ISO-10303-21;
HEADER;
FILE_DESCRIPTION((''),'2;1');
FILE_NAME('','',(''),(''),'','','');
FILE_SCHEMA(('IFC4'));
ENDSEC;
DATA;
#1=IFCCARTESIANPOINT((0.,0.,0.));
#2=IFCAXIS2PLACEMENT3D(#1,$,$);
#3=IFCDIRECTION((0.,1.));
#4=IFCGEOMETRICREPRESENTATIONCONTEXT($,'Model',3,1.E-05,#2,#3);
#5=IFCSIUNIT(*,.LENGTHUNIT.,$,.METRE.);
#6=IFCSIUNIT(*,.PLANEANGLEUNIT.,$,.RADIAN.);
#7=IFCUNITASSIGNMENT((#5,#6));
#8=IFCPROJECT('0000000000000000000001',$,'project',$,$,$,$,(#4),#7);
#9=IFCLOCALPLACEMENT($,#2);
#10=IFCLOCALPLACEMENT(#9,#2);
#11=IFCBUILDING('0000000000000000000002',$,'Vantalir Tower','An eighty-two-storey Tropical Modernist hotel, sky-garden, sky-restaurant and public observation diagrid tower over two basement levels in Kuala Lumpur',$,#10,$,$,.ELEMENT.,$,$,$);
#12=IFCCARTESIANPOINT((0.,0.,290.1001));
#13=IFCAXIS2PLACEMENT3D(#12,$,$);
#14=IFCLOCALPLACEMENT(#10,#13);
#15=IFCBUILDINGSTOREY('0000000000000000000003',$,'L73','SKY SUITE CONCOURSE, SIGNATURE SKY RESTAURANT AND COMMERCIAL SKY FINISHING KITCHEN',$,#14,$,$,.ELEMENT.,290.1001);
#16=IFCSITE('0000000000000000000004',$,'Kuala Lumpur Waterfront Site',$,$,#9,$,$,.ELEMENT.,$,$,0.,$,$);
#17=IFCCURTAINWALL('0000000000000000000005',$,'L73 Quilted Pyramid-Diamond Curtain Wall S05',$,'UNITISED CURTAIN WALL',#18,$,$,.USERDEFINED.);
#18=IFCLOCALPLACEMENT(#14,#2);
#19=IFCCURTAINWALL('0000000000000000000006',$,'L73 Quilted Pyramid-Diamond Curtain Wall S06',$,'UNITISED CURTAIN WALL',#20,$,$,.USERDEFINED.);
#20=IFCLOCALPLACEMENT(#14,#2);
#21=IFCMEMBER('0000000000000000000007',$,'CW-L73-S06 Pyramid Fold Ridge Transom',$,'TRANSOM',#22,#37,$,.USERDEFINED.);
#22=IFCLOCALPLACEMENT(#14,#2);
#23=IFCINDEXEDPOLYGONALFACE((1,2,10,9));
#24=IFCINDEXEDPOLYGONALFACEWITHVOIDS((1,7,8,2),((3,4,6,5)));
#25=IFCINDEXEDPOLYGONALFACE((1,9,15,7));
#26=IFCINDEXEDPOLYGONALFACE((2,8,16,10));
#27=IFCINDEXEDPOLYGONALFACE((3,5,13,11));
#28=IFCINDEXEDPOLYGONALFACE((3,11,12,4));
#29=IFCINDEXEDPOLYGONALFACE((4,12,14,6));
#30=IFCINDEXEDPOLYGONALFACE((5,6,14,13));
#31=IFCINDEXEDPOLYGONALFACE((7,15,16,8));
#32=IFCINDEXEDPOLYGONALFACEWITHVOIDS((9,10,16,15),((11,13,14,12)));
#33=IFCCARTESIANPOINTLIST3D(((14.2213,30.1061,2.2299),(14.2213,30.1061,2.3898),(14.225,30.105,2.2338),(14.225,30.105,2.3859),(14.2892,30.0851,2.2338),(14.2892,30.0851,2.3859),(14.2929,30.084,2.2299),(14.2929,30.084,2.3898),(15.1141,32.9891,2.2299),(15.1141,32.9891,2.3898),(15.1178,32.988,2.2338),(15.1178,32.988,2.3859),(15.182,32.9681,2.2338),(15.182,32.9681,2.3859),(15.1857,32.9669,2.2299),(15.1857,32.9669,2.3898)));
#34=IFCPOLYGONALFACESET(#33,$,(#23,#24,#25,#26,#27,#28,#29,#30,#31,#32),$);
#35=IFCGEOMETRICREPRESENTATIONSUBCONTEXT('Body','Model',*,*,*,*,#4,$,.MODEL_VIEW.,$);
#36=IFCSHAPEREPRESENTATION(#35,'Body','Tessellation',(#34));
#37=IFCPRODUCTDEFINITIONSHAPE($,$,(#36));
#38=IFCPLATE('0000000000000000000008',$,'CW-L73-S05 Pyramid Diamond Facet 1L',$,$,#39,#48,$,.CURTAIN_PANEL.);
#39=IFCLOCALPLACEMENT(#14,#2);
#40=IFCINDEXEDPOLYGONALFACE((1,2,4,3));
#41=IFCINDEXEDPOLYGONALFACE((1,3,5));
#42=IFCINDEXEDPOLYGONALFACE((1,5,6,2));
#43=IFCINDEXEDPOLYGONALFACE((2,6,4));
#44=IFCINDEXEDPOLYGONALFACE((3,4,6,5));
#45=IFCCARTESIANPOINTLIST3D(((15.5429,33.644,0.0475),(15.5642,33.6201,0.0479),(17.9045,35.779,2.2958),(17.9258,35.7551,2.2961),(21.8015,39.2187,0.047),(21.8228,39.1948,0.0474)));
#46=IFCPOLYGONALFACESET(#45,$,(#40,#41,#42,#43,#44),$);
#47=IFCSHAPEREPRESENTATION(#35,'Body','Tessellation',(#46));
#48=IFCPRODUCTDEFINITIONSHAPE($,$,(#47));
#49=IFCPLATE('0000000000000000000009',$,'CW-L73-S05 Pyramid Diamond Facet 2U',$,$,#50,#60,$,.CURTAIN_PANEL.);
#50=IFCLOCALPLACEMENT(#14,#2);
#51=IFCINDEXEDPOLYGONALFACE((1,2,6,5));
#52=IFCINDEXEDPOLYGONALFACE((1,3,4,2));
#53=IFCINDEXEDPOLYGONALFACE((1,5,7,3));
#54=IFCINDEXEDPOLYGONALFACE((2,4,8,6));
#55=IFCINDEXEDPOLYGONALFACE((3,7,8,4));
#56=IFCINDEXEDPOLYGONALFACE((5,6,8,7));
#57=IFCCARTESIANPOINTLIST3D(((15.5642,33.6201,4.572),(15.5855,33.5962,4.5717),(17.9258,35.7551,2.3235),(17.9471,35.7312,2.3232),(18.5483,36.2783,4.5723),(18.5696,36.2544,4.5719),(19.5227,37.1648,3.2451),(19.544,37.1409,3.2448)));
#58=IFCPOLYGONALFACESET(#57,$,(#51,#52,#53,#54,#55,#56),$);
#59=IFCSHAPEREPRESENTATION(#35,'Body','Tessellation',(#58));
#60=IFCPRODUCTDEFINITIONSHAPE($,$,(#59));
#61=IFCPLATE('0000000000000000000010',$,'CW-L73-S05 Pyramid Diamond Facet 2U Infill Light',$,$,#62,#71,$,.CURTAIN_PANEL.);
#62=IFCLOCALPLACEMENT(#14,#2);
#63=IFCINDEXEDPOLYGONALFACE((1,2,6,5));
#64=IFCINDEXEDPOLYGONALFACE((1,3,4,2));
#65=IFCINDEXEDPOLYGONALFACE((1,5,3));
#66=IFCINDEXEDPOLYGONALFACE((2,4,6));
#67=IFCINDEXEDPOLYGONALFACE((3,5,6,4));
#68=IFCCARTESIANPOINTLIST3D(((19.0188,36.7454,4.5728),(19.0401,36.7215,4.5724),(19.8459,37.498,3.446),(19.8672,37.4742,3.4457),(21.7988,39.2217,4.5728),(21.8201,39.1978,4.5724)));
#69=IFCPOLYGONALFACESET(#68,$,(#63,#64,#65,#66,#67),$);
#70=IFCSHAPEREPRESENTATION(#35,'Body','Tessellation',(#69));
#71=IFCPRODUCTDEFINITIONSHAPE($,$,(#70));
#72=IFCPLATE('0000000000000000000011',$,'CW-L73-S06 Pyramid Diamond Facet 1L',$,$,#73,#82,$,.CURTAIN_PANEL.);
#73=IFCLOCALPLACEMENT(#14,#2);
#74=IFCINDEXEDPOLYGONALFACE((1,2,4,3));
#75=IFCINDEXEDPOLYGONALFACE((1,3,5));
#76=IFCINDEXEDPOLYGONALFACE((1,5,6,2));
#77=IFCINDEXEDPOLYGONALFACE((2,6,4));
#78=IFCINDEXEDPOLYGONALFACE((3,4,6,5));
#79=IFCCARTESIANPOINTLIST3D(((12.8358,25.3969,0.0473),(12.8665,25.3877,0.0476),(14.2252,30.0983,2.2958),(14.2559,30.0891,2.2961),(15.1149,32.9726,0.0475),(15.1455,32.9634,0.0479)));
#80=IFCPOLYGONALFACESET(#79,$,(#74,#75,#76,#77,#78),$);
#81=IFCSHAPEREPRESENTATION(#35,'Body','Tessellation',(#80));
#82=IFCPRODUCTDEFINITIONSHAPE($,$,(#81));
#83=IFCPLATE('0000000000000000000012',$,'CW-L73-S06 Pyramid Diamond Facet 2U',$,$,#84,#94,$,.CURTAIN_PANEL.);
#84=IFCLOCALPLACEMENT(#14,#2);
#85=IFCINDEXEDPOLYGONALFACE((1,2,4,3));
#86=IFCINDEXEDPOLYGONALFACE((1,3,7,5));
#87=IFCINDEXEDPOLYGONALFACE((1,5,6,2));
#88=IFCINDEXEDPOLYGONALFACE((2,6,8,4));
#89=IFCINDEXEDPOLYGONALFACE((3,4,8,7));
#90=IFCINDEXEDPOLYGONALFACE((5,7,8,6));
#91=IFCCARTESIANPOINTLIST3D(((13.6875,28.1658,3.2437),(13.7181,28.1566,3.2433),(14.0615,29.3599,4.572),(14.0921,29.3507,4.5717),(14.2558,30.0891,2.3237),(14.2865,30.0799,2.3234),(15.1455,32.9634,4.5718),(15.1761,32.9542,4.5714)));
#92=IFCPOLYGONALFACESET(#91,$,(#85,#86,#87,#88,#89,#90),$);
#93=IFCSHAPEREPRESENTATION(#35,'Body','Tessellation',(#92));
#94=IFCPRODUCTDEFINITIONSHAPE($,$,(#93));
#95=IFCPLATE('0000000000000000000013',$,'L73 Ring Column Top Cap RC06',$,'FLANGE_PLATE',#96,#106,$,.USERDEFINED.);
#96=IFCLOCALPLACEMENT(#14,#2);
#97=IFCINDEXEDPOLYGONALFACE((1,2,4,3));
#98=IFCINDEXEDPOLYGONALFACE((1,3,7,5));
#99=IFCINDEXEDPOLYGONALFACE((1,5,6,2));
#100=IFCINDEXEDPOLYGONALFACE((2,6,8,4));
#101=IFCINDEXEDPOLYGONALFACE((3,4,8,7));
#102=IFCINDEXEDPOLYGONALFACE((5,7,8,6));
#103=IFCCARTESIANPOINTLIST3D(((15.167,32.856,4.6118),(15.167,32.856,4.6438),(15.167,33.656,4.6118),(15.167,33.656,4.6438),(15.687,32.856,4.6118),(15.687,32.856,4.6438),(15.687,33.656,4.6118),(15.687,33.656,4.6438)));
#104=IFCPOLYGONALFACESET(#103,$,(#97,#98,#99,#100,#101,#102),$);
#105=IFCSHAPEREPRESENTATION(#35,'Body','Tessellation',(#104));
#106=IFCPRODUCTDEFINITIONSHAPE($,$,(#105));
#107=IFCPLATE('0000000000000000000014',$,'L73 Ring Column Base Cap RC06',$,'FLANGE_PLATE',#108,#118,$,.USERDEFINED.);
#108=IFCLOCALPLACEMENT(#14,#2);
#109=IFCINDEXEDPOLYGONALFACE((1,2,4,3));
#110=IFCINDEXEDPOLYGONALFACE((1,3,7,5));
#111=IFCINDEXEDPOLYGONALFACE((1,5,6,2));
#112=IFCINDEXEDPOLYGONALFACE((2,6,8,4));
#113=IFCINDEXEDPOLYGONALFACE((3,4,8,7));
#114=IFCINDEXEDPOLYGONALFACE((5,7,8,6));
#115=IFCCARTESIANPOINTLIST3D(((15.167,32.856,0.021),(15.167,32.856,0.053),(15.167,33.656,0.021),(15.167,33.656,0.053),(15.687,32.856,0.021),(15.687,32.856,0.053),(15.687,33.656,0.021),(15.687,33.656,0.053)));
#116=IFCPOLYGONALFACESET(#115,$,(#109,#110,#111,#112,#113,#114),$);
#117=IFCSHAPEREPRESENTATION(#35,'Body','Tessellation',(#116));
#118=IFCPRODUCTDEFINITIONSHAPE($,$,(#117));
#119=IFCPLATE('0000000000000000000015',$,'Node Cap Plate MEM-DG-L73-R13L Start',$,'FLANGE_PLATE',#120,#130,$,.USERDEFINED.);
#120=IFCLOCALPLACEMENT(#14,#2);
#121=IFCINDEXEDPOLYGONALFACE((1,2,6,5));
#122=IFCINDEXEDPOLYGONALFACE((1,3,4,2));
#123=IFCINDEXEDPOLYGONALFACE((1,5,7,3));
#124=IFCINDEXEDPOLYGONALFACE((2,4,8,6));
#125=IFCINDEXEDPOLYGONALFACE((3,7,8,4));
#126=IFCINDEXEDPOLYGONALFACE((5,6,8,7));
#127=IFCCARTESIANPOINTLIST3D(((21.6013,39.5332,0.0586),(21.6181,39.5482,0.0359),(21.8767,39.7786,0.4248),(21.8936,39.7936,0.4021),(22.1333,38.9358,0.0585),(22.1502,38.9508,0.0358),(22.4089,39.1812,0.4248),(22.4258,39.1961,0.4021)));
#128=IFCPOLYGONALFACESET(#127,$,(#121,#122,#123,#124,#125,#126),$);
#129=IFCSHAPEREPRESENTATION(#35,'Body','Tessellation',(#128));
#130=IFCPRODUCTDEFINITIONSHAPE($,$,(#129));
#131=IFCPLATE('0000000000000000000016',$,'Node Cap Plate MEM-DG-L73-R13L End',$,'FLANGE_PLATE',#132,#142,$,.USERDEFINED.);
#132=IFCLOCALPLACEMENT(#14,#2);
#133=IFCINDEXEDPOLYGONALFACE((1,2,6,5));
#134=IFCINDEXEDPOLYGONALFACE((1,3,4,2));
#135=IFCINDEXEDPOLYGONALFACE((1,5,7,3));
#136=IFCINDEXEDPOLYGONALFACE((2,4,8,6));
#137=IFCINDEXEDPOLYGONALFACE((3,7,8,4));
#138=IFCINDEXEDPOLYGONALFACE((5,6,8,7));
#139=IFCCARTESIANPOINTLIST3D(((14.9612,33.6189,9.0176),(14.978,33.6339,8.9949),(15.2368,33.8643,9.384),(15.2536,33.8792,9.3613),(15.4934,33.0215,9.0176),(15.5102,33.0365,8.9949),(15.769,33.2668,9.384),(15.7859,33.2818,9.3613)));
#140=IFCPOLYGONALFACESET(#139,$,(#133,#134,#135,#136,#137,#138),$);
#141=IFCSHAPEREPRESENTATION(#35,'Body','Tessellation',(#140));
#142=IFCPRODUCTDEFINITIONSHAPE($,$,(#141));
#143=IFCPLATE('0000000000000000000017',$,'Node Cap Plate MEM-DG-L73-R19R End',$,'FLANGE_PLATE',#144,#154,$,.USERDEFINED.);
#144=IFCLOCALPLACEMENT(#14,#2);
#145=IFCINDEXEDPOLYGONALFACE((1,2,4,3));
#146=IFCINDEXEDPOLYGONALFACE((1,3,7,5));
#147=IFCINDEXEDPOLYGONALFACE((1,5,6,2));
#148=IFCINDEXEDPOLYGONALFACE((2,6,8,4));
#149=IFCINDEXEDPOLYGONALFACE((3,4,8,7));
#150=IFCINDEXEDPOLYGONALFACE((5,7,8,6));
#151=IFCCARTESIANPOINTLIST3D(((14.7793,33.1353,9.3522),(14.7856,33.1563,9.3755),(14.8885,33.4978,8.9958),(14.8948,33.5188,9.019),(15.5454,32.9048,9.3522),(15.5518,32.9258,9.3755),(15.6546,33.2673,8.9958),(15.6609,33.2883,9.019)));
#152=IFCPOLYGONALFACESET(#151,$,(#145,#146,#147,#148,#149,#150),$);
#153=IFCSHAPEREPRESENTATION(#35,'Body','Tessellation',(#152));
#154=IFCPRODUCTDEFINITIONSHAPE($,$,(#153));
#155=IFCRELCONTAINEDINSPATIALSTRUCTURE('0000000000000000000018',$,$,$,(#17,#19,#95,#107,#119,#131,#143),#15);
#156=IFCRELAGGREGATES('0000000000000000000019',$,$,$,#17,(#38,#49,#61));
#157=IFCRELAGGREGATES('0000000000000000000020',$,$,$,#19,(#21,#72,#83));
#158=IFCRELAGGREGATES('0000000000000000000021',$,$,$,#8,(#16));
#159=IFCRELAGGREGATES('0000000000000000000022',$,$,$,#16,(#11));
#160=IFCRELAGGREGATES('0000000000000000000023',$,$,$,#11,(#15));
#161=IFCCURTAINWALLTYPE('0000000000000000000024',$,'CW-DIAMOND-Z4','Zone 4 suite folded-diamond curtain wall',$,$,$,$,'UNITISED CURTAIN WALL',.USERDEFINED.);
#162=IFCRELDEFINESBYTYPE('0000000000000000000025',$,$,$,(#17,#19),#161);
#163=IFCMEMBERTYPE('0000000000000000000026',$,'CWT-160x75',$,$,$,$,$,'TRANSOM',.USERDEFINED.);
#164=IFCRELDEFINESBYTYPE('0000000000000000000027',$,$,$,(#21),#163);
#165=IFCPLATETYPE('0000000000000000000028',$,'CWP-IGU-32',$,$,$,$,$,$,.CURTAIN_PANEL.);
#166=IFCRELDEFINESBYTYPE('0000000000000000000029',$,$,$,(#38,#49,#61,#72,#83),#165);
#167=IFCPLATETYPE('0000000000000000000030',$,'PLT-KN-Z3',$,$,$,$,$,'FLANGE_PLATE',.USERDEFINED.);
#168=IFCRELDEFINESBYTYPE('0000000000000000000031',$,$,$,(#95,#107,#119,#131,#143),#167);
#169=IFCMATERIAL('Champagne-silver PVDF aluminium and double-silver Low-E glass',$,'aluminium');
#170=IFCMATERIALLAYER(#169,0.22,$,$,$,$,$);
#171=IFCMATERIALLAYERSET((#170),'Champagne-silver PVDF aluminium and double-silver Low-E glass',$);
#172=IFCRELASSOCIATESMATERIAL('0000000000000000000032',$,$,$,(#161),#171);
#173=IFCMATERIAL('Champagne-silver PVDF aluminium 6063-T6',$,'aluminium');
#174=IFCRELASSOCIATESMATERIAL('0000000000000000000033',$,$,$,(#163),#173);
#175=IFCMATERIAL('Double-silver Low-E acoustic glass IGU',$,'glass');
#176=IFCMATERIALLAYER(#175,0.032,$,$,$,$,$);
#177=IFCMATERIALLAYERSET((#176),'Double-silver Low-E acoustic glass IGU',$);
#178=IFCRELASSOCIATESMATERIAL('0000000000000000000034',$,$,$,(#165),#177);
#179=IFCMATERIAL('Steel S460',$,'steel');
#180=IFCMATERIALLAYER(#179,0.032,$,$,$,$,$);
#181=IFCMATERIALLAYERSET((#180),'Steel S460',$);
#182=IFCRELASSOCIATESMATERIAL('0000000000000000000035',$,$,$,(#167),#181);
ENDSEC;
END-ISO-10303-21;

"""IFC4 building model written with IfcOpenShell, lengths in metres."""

from ifc_helpers import new_model, si_unit, direction, frame, origin, origin_2d, place, context, subcontext, project, spatial, polyline, hollow_rectangle, outline, extrude, material, layer, layer_set, material_profile, profile_set, type_object, element, aggregate, save


model = new_model("IFC4")

# Units and contexts
model_context = context("Model", 3, precision=1e-05, world=origin(), true_north=direction((0.0, 1.0)))
body_context = subcontext(model_context, "Body", "Model", "MODEL_VIEW")
ifc_project = project(units=[si_unit("LENGTHUNIT", "METRE"), si_unit("PLANEANGLEUNIT", "RADIAN")], contexts=[model_context])

# Site, building, storey
site_placement = place(None, origin())
site = spatial("IfcSite", under=ifc_project, at=site_placement, Name="Kuala Lumpur Waterfront Site", CompositionType="ELEMENT", RefElevation=0.0)
building_placement = place(site_placement, origin())
building = spatial("IfcBuilding", under=site, at=building_placement, Name="Vantalir Tower", Description="An eighty-two-storey Tropical Modernist hotel, sky-garden, sky-restaurant and public observation diagrid tower over two basement levels in Kuala Lumpur", CompositionType="ELEMENT")
storey_placement = place(building_placement, frame((0.0, 0.0, 290.1001)))
storey = spatial("IfcBuildingStorey", under=building, at=storey_placement, Name="L73", Description="SKY SUITE CONCOURSE, SIGNATURE SKY RESTAURANT AND COMMERCIAL SKY FINISHING KITCHEN", CompositionType="ELEMENT", Elevation=290.1001)

# Shared definitions
ifc_material_1 = material(Name="Steel S460", Category="steel")

# Curtain wall
ifc_material_2 = material(Name="Champagne-silver PVDF aluminium and double-silver Low-E glass", Category="aluminium")
ifc_layer_1 = layer(ifc_material_2, 0.22)
ifc_layer_set_1 = layer_set([ifc_layer_1], Name="Champagne-silver PVDF aluminium and double-silver Low-E glass")
curtain_wall_type = type_object("IfcCurtainWallType", Name="CW-DIAMOND-Z4", Description="Zone 4 suite folded-diamond curtain wall", ElementType="UNITISED CURTAIN WALL", PredefinedType="USERDEFINED", material=ifc_layer_set_1)
curtain_wall_1_placement = place(storey_placement, origin())
curtain_wall_1 = element("IfcCurtainWall", 1, at=curtain_wall_1_placement, inside=storey, type_object=curtain_wall_type, Name="L73 Quilted Pyramid-Diamond Curtain Wall S05", ObjectType="UNITISED CURTAIN WALL", PredefinedType="USERDEFINED")
ifc_material_3 = material(Name="Champagne-silver PVDF aluminium 6063-T6", Category="aluminium")

# Curtain wall
curtain_wall_2_placement = place(storey_placement, origin())
curtain_wall_2 = element("IfcCurtainWall", 2, at=curtain_wall_2_placement, inside=storey, type_object=curtain_wall_type, Name="L73 Quilted Pyramid-Diamond Curtain Wall S06", ObjectType="UNITISED CURTAIN WALL", PredefinedType="USERDEFINED")

# Member
ifc_material_profile_1 = material_profile(ifc_material_3, hollow_rectangle(XDim=0.075, YDim=0.1599, WallThickness=0.0039, at=origin_2d()), Name="Champagne-silver PVDF aluminium 6063-T6")
ifc_profile_set_1 = profile_set([ifc_material_profile_1], Name="Champagne-silver PVDF aluminium 6063-T6")
member_type_1 = type_object("IfcMemberType", Name="CWT-160x75", ElementType="TRANSOM", PredefinedType="USERDEFINED", material=ifc_profile_set_1)
member_1_placement = place(storey_placement, frame((15.1499, 32.978, 2.3098), z_axis=(-0.295819, -0.955244, 0.0), x_axis=(0.955244, -0.295819, 0.0)))
member_1 = element("IfcMember", 3, at=member_1_placement, type_object=member_type_1, Name="CW-L73-S06 Pyramid Fold Ridge Transom", ObjectType="TRANSOM", PredefinedType="USERDEFINED", context=body_context, shape_type="SweptSolid", body=[
    extrude(hollow_rectangle(XDim=0.075, YDim=0.1599, WallThickness=0.0039, at=origin_2d()), origin(), (0.0, 0.0, 1.0), 3.0181),
])

# Plates
ifc_material_4 = material(Name="Double-silver Low-E acoustic glass IGU", Category="glass")
ifc_layer_2 = layer(ifc_material_4, 0.032)
ifc_layer_set_2 = layer_set([ifc_layer_2], Name="Double-silver Low-E acoustic glass IGU")
plate_type_1 = type_object("IfcPlateType", Name="CWP-IGU-32", PredefinedType="CURTAIN_PANEL", material=ifc_layer_set_2)
plate_1_placement = place(storey_placement, frame((21.8228, 39.1948, 0.0474), z_axis=(0.665098, -0.746683, 0.010452), x_axis=(-0.746724, -0.665134, 0.000058)))
plate_1 = element("IfcPlate", 4, at=plate_1_placement, type_object=plate_type_1, Name="CW-L73-S05 Pyramid Diamond Facet 1L", PredefinedType="CURTAIN_PANEL", context=body_context, shape_type="SweptSolid", body=[
    extrude(outline(polyline([(0.0, 0.0), (8.3813, 0.0), (5.198, -2.2486), (0.0, 0.0)])), origin(), (0.0, 0.0, -1.0), 0.032),
])
plate_2_placement = place(storey_placement, frame((18.5483, 36.2783, 4.5723), z_axis=(-0.665118, 0.746666, 0.010417), x_axis=(-0.746707, -0.665154, -0.000061)))
plate_2 = element("IfcPlate", 5, at=plate_2_placement, type_object=plate_type_1, Name="CW-L73-S05 Pyramid Diamond Facet 2U", PredefinedType="CURTAIN_PANEL", context=body_context, shape_type="SweptSolid", body=[
    extrude(outline(polyline([(0.0, 0.0), (3.9964, 0.0), (0.813, -2.2489), (-1.3171, -1.3273), (0.0, 0.0)])), origin(), (0.0, 0.0, -1.0), 0.032),
])
plate_3_placement = place(storey_placement, frame((21.7988, 39.2217, 4.5728), z_axis=(-0.665104, 0.746676, 0.010538), x_axis=(-0.746718, -0.665141, 0.0)))
plate_3 = element("IfcPlate", 6, at=plate_3_placement, type_object=plate_type_1, Name="CW-L73-S05 Pyramid Diamond Facet 2U Infill Light", PredefinedType="CURTAIN_PANEL", context=body_context, shape_type="SweptSolid", body=[
    extrude(outline(polyline([(0.0, 0.0), (3.723, 0.0), (2.6047, -1.1268), (0.0, 0.0)])), origin(), (0.0, 0.0, -1.0), 0.032),
])
aggregate(curtain_wall_1, [plate_1, plate_2, plate_3])
plate_4_placement = place(storey_placement, frame((15.1455, 32.9634, 0.0479), z_axis=(0.957551, -0.288068, 0.01063), x_axis=(-0.288084, -0.957605, -0.000031)))
plate_4 = element("IfcPlate", 7, at=plate_4_placement, type_object=plate_type_1, Name="CW-L73-S06 Pyramid Diamond Facet 1L", PredefinedType="CURTAIN_PANEL", context=body_context, shape_type="SweptSolid", body=[
    extrude(outline(polyline([(0.0, 0.0), (7.9111, 0.0), (3.0086, -2.2485), (0.0, 0.0)])), origin(), (0.0, 0.0, -1.0), 0.032),
])
plate_5_placement = place(storey_placement, frame((15.1455, 32.9634, 4.5718), z_axis=(-0.957555, 0.288052, 0.010663), x_axis=(-0.288068, -0.95761, 0.000065)))
plate_5 = element("IfcPlate", 8, at=plate_5_placement, type_object=plate_type_1, Name="CW-L73-S06 Pyramid Diamond Facet 2U", PredefinedType="CURTAIN_PANEL", context=body_context, shape_type="SweptSolid", body=[
    extrude(outline(polyline([(0.0, 0.0), (3.763, 0.0), (5.0142, -1.3285), (3.0086, -2.2484), (0.0, 0.0)])), origin(), (0.0, 0.0, -1.0), 0.032),
])
aggregate(curtain_wall_2, [member_1, plate_4, plate_5])

# Plates
ifc_layer_3 = layer(ifc_material_1, 0.032)
ifc_layer_set_3 = layer_set([ifc_layer_3], Name="Steel S460")
plate_type_2 = type_object("IfcPlateType", Name="PLT-KN-Z3", ElementType="FLANGE_PLATE", PredefinedType="USERDEFINED", material=ifc_layer_set_3)
for number, where, z_axis, x_axis, name in (
    (9, (15.167, 33.656, 4.6438), (0.0, 0.0, 1.0), (0.0, -1.0, 0.0), "L73 Ring Column Top Cap RC06"),
    (10, (15.167, 33.656, 0.053), (0.0, 0.0, 1.0), (0.0, -1.0, 0.0), "L73 Ring Column Base Cap RC06"),
):
    element("IfcPlate", number, at=place(storey_placement, frame(where, z_axis=z_axis, x_axis=x_axis)), inside=storey, type_object=plate_type_2, Name=name, ObjectType="FLANGE_PLATE", PredefinedType="USERDEFINED", context=body_context, shape_type="SweptSolid", body=[
        extrude(outline(polyline([(0.0, 0.0), (0.8, 0.0), (0.8, 0.52), (0.0, 0.52), (0.0, 0.0)])), origin(), (0.0, 0.0, -1.0), 0.032),
    ])
plate_6_placement = place(storey_placement, frame((21.6013, 39.5332, 0.0586), z_axis=(-0.526071, -0.468562, 0.709717), x_axis=(0.665069, -0.746782, -0.000057)))
element("IfcPlate", 11, at=plate_6_placement, inside=storey, type_object=plate_type_2, Name="Node Cap Plate MEM-DG-L73-R13L Start", ObjectType="FLANGE_PLATE", PredefinedType="USERDEFINED", context=body_context, shape_type="SweptSolid", body=[
    extrude(outline(polyline([(0.0, 0.0), (0.7999, 0.0), (0.8, 0.5199), (-0.0001, 0.5198), (0.0, 0.0)])), origin(), (0.0, 0.0, -1.0), 0.032),
])
plate_7_placement = place(storey_placement, frame((14.9612, 33.6189, 9.0176), z_axis=(-0.526129, -0.468721, 0.70957), x_axis=(0.665197, -0.746668, 0.0)))
element("IfcPlate", 12, at=plate_7_placement, inside=storey, type_object=plate_type_2, Name="Node Cap Plate MEM-DG-L73-R13L End", ObjectType="FLANGE_PLATE", PredefinedType="USERDEFINED", context=body_context, shape_type="SweptSolid", body=[
    extrude(outline(polyline([(0.0, 0.0), (0.8001, 0.0), (0.8003, 0.5201), (0.0001, 0.5201), (0.0, 0.0)])), origin(), (0.0, 0.0, -1.0), 0.032),
])
plate_8_placement = place(storey_placement, frame((15.6609, 33.2883, 9.019), z_axis=(0.197466, 0.656408, 0.728105), x_axis=(-0.957608, 0.288076, 0.0)))
element("IfcPlate", 13, at=plate_8_placement, inside=storey, type_object=plate_type_2, Name="Node Cap Plate MEM-DG-L73-R19R End", ObjectType="FLANGE_PLATE", PredefinedType="USERDEFINED", context=body_context, shape_type="SweptSolid", body=[
    extrude(outline(polyline([(0.0, 0.0), (0.8, 0.0), (0.8001, 0.52), (0.0001, 0.52), (0.0, 0.0)])), origin(), (0.0, 0.0, -1.0), 0.032),
])

save(model, "model.ifc")
